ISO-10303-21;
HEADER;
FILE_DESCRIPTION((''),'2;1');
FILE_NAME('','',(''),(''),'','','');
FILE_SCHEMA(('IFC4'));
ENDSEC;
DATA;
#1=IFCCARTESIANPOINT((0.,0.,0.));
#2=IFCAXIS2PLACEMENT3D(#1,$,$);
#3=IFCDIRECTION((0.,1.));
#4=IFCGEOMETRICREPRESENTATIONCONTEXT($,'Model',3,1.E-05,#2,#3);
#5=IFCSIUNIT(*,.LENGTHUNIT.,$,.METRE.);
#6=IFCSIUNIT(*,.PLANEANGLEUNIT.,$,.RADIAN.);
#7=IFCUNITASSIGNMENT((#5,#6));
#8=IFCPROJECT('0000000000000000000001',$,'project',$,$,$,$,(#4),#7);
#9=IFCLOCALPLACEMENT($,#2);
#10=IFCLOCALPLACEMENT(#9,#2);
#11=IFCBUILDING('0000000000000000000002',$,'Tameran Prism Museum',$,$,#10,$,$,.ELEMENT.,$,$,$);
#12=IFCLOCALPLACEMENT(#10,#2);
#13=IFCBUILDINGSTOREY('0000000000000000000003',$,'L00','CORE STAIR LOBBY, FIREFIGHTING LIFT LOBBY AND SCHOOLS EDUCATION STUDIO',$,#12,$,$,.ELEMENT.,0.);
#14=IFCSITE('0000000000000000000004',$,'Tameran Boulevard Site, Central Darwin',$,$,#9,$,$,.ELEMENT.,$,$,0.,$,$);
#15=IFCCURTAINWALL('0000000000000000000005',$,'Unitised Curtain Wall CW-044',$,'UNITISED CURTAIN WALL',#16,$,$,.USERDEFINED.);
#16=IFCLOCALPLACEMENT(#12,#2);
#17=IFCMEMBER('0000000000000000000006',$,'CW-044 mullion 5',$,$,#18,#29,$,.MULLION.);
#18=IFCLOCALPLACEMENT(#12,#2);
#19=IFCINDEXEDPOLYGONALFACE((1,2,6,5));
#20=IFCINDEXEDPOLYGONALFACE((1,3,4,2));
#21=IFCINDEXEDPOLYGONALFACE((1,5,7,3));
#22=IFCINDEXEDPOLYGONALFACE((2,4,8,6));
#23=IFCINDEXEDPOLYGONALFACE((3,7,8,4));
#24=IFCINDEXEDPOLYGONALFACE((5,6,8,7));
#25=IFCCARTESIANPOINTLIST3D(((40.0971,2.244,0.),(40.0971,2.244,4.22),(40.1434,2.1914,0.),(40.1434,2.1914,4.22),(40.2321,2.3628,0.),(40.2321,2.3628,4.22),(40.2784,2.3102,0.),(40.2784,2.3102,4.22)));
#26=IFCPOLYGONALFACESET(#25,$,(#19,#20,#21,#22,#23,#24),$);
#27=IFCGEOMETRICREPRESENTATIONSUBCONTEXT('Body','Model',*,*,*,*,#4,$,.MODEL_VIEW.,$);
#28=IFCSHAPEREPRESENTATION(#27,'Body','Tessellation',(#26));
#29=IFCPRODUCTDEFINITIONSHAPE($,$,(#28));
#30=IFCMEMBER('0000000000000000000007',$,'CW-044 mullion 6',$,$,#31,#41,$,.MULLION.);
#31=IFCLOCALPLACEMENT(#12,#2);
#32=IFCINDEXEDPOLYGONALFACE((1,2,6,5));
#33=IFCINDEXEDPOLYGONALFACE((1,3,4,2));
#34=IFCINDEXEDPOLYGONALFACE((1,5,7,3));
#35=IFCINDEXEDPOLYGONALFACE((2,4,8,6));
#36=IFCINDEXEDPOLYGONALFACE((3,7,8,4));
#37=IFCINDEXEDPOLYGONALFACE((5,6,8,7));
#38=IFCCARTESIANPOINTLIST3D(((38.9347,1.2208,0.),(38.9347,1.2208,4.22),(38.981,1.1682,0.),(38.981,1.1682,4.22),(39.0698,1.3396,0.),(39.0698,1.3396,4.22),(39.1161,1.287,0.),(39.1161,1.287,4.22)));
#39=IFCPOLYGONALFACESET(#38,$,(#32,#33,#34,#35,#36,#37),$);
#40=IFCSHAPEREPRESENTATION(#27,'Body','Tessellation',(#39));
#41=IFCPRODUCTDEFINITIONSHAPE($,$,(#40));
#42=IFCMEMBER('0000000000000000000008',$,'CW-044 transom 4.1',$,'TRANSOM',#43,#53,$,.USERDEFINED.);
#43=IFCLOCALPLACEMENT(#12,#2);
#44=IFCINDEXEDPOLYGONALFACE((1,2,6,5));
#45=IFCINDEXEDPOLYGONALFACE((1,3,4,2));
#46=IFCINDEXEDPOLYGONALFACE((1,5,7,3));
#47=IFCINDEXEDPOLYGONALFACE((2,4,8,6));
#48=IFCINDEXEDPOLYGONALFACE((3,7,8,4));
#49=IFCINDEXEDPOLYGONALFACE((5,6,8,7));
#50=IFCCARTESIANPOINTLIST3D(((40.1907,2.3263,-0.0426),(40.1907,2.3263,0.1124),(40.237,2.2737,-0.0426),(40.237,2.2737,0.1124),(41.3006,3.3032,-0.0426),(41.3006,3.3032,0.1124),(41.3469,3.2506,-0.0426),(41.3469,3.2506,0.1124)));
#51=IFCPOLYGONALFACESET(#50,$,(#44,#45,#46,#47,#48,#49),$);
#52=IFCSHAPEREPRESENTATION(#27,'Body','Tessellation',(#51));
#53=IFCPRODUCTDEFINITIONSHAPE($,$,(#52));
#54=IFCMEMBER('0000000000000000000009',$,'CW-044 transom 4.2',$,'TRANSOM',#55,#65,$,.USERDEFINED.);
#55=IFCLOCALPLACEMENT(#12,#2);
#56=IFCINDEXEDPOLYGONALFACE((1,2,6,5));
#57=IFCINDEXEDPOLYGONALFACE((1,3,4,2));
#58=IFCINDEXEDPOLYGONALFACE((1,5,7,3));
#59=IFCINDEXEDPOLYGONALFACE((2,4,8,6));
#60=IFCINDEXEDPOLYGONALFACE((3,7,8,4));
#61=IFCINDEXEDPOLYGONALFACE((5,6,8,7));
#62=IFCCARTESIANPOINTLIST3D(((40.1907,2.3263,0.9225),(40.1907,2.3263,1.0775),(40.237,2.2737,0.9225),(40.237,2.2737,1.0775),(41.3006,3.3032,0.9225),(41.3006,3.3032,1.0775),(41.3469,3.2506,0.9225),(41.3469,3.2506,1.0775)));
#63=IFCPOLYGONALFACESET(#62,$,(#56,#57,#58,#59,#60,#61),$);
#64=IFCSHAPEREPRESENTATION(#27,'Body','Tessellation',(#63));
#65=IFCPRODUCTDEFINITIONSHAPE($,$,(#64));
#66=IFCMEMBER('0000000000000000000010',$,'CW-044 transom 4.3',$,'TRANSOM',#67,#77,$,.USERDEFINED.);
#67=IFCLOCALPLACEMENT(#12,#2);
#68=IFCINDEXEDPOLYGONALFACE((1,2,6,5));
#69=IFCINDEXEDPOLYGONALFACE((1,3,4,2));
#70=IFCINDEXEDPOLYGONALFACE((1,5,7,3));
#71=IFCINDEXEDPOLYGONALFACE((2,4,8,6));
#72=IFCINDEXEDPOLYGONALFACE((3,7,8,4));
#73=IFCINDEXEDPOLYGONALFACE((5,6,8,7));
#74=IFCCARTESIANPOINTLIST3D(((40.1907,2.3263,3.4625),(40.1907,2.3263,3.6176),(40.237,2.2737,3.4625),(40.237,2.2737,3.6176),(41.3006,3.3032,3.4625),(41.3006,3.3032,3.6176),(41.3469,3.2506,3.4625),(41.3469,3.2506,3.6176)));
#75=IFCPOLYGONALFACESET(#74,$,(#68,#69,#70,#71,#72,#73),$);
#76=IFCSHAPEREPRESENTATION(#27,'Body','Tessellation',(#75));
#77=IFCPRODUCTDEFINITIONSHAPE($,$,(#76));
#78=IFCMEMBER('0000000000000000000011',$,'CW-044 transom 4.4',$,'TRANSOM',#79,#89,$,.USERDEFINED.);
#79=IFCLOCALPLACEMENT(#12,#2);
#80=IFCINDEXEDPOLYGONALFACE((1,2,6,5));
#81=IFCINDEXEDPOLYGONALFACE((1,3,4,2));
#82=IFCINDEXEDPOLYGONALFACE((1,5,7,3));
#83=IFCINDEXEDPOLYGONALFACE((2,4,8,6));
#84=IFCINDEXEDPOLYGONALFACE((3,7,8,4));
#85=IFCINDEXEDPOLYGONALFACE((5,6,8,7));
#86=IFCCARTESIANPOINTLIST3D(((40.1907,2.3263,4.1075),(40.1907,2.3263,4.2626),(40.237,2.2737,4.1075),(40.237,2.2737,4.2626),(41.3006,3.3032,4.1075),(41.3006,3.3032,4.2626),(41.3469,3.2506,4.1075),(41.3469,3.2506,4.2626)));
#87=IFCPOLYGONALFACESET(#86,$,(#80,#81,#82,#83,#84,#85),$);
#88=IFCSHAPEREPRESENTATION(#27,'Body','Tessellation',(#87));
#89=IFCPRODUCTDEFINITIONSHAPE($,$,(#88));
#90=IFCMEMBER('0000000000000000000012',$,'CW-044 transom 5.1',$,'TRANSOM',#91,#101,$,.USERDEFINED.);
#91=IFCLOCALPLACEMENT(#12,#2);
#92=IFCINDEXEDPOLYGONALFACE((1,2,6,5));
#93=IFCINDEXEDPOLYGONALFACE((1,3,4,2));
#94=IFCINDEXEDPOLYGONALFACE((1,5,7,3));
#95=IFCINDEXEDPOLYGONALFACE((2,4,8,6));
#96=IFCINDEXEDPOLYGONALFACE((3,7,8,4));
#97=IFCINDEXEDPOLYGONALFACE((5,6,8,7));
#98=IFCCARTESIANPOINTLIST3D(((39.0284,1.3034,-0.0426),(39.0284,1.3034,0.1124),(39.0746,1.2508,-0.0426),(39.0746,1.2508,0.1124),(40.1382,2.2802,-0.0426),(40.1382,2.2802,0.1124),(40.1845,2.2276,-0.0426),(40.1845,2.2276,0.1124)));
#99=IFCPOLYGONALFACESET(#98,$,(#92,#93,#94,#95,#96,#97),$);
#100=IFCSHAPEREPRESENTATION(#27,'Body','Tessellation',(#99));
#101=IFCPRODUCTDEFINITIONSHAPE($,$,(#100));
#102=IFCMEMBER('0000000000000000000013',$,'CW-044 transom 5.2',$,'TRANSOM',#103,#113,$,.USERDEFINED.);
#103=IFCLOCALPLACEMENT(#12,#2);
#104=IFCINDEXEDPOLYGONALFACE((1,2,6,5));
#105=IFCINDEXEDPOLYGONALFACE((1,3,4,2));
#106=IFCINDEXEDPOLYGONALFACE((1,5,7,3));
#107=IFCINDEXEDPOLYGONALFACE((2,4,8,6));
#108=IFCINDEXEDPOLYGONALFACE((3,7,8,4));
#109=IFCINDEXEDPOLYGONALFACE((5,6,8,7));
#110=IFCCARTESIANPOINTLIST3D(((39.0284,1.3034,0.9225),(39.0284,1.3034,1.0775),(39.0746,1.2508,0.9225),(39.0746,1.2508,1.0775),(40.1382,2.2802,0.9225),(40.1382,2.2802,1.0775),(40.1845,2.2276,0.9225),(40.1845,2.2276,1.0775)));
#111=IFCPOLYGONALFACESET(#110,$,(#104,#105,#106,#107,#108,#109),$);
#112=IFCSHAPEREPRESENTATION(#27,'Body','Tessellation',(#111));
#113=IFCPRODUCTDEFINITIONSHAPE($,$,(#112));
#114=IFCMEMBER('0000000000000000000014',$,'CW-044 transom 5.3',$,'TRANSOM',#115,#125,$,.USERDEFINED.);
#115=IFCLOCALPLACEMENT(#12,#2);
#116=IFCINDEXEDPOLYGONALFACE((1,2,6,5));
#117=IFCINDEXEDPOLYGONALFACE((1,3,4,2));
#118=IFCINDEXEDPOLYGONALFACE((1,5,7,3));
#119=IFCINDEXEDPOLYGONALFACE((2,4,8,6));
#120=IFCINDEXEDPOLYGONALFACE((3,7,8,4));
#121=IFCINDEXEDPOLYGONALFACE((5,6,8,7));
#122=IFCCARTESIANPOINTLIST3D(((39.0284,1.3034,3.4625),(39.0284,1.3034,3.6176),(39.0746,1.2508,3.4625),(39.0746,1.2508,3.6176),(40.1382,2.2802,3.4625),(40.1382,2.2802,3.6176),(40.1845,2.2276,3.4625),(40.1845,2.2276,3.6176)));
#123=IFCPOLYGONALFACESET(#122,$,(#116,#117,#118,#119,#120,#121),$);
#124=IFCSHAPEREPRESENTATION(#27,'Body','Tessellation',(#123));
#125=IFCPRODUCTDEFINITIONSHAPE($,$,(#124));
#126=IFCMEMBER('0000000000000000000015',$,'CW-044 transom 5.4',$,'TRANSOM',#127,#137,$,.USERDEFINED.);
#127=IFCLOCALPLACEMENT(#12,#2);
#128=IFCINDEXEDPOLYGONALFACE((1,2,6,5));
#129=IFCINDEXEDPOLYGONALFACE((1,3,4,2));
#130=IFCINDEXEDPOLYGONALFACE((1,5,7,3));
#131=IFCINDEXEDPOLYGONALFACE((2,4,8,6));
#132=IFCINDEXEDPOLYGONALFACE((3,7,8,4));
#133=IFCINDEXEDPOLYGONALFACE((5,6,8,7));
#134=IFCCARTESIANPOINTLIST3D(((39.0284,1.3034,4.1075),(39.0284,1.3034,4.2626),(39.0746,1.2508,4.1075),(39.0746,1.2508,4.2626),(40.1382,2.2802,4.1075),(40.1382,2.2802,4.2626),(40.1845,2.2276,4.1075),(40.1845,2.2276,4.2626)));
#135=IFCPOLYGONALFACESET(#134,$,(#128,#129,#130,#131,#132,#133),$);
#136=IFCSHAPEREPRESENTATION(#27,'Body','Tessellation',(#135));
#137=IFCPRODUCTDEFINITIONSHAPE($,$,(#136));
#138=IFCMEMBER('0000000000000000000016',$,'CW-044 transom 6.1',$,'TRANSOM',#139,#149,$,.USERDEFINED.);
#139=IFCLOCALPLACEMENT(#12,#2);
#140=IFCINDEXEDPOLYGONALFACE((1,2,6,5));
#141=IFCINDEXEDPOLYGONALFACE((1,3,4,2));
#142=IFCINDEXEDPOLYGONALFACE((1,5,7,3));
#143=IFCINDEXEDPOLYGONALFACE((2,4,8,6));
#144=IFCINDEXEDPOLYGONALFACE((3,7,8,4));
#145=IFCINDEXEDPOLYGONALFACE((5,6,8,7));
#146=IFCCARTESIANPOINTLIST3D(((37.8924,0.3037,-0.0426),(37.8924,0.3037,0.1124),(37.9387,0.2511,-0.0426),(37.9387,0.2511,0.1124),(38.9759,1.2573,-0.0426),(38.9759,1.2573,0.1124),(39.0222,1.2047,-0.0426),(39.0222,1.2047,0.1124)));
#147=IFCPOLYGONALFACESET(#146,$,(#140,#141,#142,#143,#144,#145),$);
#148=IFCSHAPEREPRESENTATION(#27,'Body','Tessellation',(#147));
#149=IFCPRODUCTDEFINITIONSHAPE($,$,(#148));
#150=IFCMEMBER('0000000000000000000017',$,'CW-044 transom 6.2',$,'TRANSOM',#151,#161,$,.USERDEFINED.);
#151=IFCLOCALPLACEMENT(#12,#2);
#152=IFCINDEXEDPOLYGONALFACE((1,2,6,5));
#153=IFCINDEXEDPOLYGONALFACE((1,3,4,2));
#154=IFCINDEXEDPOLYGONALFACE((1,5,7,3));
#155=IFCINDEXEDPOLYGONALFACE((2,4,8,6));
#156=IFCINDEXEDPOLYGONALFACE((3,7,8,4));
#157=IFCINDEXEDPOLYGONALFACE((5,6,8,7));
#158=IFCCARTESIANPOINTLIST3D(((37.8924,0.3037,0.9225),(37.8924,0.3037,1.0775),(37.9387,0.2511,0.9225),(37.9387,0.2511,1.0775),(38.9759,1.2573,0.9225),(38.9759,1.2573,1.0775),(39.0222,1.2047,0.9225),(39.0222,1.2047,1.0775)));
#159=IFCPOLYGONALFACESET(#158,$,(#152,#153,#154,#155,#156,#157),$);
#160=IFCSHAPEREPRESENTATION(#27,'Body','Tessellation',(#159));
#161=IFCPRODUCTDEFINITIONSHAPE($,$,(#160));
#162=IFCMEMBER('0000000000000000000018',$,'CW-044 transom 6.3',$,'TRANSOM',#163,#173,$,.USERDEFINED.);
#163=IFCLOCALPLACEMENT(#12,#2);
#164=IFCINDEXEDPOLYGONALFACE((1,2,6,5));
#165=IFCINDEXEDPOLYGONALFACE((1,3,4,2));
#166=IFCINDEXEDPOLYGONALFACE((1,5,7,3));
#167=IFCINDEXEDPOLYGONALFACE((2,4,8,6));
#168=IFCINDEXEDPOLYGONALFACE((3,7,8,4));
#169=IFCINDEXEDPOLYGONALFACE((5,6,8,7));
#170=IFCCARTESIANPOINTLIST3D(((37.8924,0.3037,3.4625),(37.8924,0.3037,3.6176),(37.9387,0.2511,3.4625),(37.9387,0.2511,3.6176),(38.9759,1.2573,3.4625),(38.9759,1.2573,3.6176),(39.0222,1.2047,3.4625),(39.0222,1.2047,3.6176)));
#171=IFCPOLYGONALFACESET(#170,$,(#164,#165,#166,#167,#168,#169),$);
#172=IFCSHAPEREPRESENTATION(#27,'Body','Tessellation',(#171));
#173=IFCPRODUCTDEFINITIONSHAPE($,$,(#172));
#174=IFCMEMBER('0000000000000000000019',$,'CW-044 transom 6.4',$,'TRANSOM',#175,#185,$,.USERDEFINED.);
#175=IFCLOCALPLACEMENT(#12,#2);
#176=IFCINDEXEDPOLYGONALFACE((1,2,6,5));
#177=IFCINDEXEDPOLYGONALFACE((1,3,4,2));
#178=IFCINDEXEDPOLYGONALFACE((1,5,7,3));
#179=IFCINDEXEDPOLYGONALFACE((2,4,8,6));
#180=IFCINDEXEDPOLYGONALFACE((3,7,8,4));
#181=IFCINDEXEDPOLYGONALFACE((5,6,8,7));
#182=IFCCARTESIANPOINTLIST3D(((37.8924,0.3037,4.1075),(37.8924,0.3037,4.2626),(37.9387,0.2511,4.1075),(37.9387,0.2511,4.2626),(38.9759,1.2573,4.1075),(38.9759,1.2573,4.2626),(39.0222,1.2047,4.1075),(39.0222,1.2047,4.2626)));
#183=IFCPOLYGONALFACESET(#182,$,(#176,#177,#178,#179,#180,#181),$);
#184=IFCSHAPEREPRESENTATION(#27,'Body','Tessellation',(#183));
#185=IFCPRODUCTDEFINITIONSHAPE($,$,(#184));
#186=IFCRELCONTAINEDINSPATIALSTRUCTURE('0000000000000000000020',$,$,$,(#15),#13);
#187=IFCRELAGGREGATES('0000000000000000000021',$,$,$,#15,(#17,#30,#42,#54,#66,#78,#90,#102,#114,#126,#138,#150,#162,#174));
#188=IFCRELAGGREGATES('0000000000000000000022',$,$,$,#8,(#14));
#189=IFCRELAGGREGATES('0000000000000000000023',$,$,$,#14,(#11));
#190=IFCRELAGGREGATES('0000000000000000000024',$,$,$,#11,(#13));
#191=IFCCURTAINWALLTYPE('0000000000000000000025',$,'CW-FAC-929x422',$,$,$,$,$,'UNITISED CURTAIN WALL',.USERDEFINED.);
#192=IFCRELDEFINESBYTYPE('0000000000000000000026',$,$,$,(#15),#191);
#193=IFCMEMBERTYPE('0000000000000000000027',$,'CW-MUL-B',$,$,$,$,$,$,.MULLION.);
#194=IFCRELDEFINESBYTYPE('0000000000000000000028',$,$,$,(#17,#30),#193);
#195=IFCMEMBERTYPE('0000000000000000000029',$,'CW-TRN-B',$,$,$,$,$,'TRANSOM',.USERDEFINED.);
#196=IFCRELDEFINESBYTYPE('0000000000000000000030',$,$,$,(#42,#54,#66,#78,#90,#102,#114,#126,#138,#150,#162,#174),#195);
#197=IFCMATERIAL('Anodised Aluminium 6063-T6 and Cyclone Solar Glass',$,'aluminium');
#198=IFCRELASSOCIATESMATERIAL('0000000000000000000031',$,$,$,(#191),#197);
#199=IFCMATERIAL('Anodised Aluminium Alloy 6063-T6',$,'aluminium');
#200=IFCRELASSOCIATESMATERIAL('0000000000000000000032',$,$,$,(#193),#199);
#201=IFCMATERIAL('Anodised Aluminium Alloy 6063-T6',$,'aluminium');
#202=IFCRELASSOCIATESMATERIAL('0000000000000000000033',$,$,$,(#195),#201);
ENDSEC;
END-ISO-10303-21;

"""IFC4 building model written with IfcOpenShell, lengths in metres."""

from ifc_helpers import new_model, si_unit, direction, frame, origin, origin_2d, place, context, subcontext, project, spatial, rectangle, extrude, material, material_profile, profile_set, type_object, element, aggregate, save


model = new_model("IFC4")

# Units and contexts
model_context = context("Model", 3, precision=1e-05, world=origin(), true_north=direction((0.0, 1.0)))
body_context = subcontext(model_context, "Body", "Model", "MODEL_VIEW")
ifc_project = project(units=[si_unit("LENGTHUNIT", "METRE"), si_unit("PLANEANGLEUNIT", "RADIAN")], contexts=[model_context])

# Site, building, storey
site_placement = place(None, origin())
site = spatial("IfcSite", under=ifc_project, at=site_placement, Name="Tameran Boulevard Site, Central Darwin", CompositionType="ELEMENT", RefElevation=0.0)
building_placement = place(site_placement, origin())
building = spatial("IfcBuilding", under=site, at=building_placement, Name="Tameran Prism Museum", CompositionType="ELEMENT")
storey_placement = place(building_placement, origin())
storey = spatial("IfcBuildingStorey", under=building, at=storey_placement, Name="L00", Description="CORE STAIR LOBBY, FIREFIGHTING LIFT LOBBY AND SCHOOLS EDUCATION STUDIO", CompositionType="ELEMENT", Elevation=0.0)

# Curtain wall, members
ifc_material_1 = material(Name="Anodised Aluminium 6063-T6 and Cyclone Solar Glass", Category="aluminium")
curtain_wall_type = type_object("IfcCurtainWallType", Name="CW-FAC-929x422", ElementType="UNITISED CURTAIN WALL", PredefinedType="USERDEFINED", material=ifc_material_1)
curtain_wall_placement = place(storey_placement, origin())
curtain_wall = element("IfcCurtainWall", 1, at=curtain_wall_placement, inside=storey, type_object=curtain_wall_type, Name="Unitised Curtain Wall CW-044", ObjectType="UNITISED CURTAIN WALL", PredefinedType="USERDEFINED")
ifc_material_2 = material(Name="Anodised Aluminium Alloy 6063-T6", Category="aluminium")
ifc_material_profile_1 = material_profile(ifc_material_2, rectangle(XDim=0.0701, YDim=0.1799, at=origin_2d()))
ifc_profile_set_1 = profile_set([ifc_material_profile_1])
member_type_1 = type_object("IfcMemberType", Name="CW-MUL-B", PredefinedType="MULLION", material=ifc_profile_set_1)
member_1_placement = place(storey_placement, frame((40.1877, 2.2771, 0.0), z_axis=(0.0, 0.0, 1.0), x_axis=(0.660681, -0.750667, 0.0)))
member_1 = element("IfcMember", 2, at=member_1_placement, type_object=member_type_1, Name="CW-044 mullion 5", PredefinedType="MULLION", context=body_context, shape_type="SweptSolid", body=[
    extrude(rectangle(XDim=0.0701, YDim=0.1799, at=origin_2d()), origin(), (0.0, 0.0, 1.0), 4.22),
])
member_2_placement = place(storey_placement, frame((39.0254, 1.2539, 0.0), z_axis=(0.0, 0.0, 1.0), x_axis=(0.660681, -0.750667, 0.0)))
member_2 = element("IfcMember", 3, at=member_2_placement, type_object=member_type_1, Name="CW-044 mullion 6", PredefinedType="MULLION", context=body_context, shape_type="SweptSolid", body=[
    extrude(rectangle(XDim=0.0701, YDim=0.1799, at=origin_2d()), origin(), (0.0, 0.0, 1.0), 4.22),
])
ifc_material_3 = material(Name="Anodised Aluminium Alloy 6063-T6", Category="aluminium")
ifc_material_profile_2 = material_profile(ifc_material_3, rectangle(XDim=0.0701, YDim=0.155, at=origin_2d()))
ifc_profile_set_2 = profile_set([ifc_material_profile_2])
member_type_2 = type_object("IfcMemberType", Name="CW-TRN-B", ElementType="TRANSOM", PredefinedType="USERDEFINED", material=ifc_profile_set_2)
member_3_placement = place(storey_placement, frame((41.3237, 3.2769, 0.0349), z_axis=(-0.750671, -0.660676, 0.0), x_axis=(0.660676, -0.750671, 0.0)))
member_3 = element("IfcMember", 4, at=member_3_placement, type_object=member_type_2, Name="CW-044 transom 4.1", ObjectType="TRANSOM", PredefinedType="USERDEFINED", context=body_context, shape_type="SweptSolid", body=[
    extrude(rectangle(XDim=0.0701, YDim=0.155, at=origin_2d()), origin(), (0.0, 0.0, 1.0), 1.4785),
])
member_4_placement = place(storey_placement, frame((41.3237, 3.2769, 1.0), z_axis=(-0.750671, -0.660676, 0.0), x_axis=(0.660676, -0.750671, 0.0)))
member_4 = element("IfcMember", 5, at=member_4_placement, type_object=member_type_2, Name="CW-044 transom 4.2", ObjectType="TRANSOM", PredefinedType="USERDEFINED", context=body_context, shape_type="SweptSolid", body=[
    extrude(rectangle(XDim=0.0701, YDim=0.155, at=origin_2d()), origin(), (0.0, 0.0, 1.0), 1.4785),
])
member_5_placement = place(storey_placement, frame((41.3237, 3.2769, 3.54), z_axis=(-0.750671, -0.660676, 0.0), x_axis=(0.660676, -0.750671, 0.0)))
member_5 = element("IfcMember", 6, at=member_5_placement, type_object=member_type_2, Name="CW-044 transom 4.3", ObjectType="TRANSOM", PredefinedType="USERDEFINED", context=body_context, shape_type="SweptSolid", body=[
    extrude(rectangle(XDim=0.0701, YDim=0.155, at=origin_2d()), origin(), (0.0, 0.0, 1.0), 1.4785),
])
member_6_placement = place(storey_placement, frame((41.3237, 3.2769, 4.1851), z_axis=(-0.750671, -0.660676, 0.0), x_axis=(0.660676, -0.750671, 0.0)))
member_6 = element("IfcMember", 7, at=member_6_placement, type_object=member_type_2, Name="CW-044 transom 4.4", ObjectType="TRANSOM", PredefinedType="USERDEFINED", context=body_context, shape_type="SweptSolid", body=[
    extrude(rectangle(XDim=0.0701, YDim=0.155, at=origin_2d()), origin(), (0.0, 0.0, 1.0), 1.4785),
])
member_7_placement = place(storey_placement, frame((40.1614, 2.2539, 0.0349), z_axis=(-0.750671, -0.660676, 0.0), x_axis=(0.660676, -0.750671, 0.0)))
member_7 = element("IfcMember", 8, at=member_7_placement, type_object=member_type_2, Name="CW-044 transom 5.1", ObjectType="TRANSOM", PredefinedType="USERDEFINED", context=body_context, shape_type="SweptSolid", body=[
    extrude(rectangle(XDim=0.0701, YDim=0.155, at=origin_2d()), origin(), (0.0, 0.0, 1.0), 1.4785),
])
member_8_placement = place(storey_placement, frame((40.1614, 2.2539, 1.0), z_axis=(-0.750671, -0.660676, 0.0), x_axis=(0.660676, -0.750671, 0.0)))
member_8 = element("IfcMember", 9, at=member_8_placement, type_object=member_type_2, Name="CW-044 transom 5.2", ObjectType="TRANSOM", PredefinedType="USERDEFINED", context=body_context, shape_type="SweptSolid", body=[
    extrude(rectangle(XDim=0.0701, YDim=0.155, at=origin_2d()), origin(), (0.0, 0.0, 1.0), 1.4785),
])
member_9_placement = place(storey_placement, frame((40.1614, 2.2539, 3.54), z_axis=(-0.750671, -0.660676, 0.0), x_axis=(0.660676, -0.750671, 0.0)))
member_9 = element("IfcMember", 10, at=member_9_placement, type_object=member_type_2, Name="CW-044 transom 5.3", ObjectType="TRANSOM", PredefinedType="USERDEFINED", context=body_context, shape_type="SweptSolid", body=[
    extrude(rectangle(XDim=0.0701, YDim=0.155, at=origin_2d()), origin(), (0.0, 0.0, 1.0), 1.4785),
])
member_10_placement = place(storey_placement, frame((40.1614, 2.2539, 4.1851), z_axis=(-0.750671, -0.660676, 0.0), x_axis=(0.660676, -0.750671, 0.0)))
member_10 = element("IfcMember", 11, at=member_10_placement, type_object=member_type_2, Name="CW-044 transom 5.4", ObjectType="TRANSOM", PredefinedType="USERDEFINED", context=body_context, shape_type="SweptSolid", body=[
    extrude(rectangle(XDim=0.0701, YDim=0.155, at=origin_2d()), origin(), (0.0, 0.0, 1.0), 1.4785),
])
member_11_placement = place(storey_placement, frame((38.999, 1.231, 0.0349), z_axis=(-0.750667, -0.660681, 0.0), x_axis=(0.660681, -0.750667, 0.0)))
member_11 = element("IfcMember", 12, at=member_11_placement, type_object=member_type_2, Name="CW-044 transom 6.1", ObjectType="TRANSOM", PredefinedType="USERDEFINED", context=body_context, shape_type="SweptSolid", body=[
    extrude(rectangle(XDim=0.0701, YDim=0.155, at=origin_2d()), origin(), (0.0, 0.0, 1.0), 1.4434),
])
member_12_placement = place(storey_placement, frame((38.999, 1.231, 1.0), z_axis=(-0.750667, -0.660681, 0.0), x_axis=(0.660681, -0.750667, 0.0)))
member_12 = element("IfcMember", 13, at=member_12_placement, type_object=member_type_2, Name="CW-044 transom 6.2", ObjectType="TRANSOM", PredefinedType="USERDEFINED", context=body_context, shape_type="SweptSolid", body=[
    extrude(rectangle(XDim=0.0701, YDim=0.155, at=origin_2d()), origin(), (0.0, 0.0, 1.0), 1.4434),
])
member_13_placement = place(storey_placement, frame((38.999, 1.231, 3.54), z_axis=(-0.750667, -0.660681, 0.0), x_axis=(0.660681, -0.750667, 0.0)))
member_13 = element("IfcMember", 14, at=member_13_placement, type_object=member_type_2, Name="CW-044 transom 6.3", ObjectType="TRANSOM", PredefinedType="USERDEFINED", context=body_context, shape_type="SweptSolid", body=[
    extrude(rectangle(XDim=0.0701, YDim=0.155, at=origin_2d()), origin(), (0.0, 0.0, 1.0), 1.4434),
])
member_14_placement = place(storey_placement, frame((38.999, 1.231, 4.1851), z_axis=(-0.750667, -0.660681, 0.0), x_axis=(0.660681, -0.750667, 0.0)))
member_14 = element("IfcMember", 15, at=member_14_placement, type_object=member_type_2, Name="CW-044 transom 6.4", ObjectType="TRANSOM", PredefinedType="USERDEFINED", context=body_context, shape_type="SweptSolid", body=[
    extrude(rectangle(XDim=0.0701, YDim=0.155, at=origin_2d()), origin(), (0.0, 0.0, 1.0), 1.4434),
])
aggregate(curtain_wall, [member_1, member_2, member_3, member_4, member_5, member_6, member_7, member_8, member_9, member_10, member_11, member_12, member_13, member_14])

save(model, "model.ifc")
